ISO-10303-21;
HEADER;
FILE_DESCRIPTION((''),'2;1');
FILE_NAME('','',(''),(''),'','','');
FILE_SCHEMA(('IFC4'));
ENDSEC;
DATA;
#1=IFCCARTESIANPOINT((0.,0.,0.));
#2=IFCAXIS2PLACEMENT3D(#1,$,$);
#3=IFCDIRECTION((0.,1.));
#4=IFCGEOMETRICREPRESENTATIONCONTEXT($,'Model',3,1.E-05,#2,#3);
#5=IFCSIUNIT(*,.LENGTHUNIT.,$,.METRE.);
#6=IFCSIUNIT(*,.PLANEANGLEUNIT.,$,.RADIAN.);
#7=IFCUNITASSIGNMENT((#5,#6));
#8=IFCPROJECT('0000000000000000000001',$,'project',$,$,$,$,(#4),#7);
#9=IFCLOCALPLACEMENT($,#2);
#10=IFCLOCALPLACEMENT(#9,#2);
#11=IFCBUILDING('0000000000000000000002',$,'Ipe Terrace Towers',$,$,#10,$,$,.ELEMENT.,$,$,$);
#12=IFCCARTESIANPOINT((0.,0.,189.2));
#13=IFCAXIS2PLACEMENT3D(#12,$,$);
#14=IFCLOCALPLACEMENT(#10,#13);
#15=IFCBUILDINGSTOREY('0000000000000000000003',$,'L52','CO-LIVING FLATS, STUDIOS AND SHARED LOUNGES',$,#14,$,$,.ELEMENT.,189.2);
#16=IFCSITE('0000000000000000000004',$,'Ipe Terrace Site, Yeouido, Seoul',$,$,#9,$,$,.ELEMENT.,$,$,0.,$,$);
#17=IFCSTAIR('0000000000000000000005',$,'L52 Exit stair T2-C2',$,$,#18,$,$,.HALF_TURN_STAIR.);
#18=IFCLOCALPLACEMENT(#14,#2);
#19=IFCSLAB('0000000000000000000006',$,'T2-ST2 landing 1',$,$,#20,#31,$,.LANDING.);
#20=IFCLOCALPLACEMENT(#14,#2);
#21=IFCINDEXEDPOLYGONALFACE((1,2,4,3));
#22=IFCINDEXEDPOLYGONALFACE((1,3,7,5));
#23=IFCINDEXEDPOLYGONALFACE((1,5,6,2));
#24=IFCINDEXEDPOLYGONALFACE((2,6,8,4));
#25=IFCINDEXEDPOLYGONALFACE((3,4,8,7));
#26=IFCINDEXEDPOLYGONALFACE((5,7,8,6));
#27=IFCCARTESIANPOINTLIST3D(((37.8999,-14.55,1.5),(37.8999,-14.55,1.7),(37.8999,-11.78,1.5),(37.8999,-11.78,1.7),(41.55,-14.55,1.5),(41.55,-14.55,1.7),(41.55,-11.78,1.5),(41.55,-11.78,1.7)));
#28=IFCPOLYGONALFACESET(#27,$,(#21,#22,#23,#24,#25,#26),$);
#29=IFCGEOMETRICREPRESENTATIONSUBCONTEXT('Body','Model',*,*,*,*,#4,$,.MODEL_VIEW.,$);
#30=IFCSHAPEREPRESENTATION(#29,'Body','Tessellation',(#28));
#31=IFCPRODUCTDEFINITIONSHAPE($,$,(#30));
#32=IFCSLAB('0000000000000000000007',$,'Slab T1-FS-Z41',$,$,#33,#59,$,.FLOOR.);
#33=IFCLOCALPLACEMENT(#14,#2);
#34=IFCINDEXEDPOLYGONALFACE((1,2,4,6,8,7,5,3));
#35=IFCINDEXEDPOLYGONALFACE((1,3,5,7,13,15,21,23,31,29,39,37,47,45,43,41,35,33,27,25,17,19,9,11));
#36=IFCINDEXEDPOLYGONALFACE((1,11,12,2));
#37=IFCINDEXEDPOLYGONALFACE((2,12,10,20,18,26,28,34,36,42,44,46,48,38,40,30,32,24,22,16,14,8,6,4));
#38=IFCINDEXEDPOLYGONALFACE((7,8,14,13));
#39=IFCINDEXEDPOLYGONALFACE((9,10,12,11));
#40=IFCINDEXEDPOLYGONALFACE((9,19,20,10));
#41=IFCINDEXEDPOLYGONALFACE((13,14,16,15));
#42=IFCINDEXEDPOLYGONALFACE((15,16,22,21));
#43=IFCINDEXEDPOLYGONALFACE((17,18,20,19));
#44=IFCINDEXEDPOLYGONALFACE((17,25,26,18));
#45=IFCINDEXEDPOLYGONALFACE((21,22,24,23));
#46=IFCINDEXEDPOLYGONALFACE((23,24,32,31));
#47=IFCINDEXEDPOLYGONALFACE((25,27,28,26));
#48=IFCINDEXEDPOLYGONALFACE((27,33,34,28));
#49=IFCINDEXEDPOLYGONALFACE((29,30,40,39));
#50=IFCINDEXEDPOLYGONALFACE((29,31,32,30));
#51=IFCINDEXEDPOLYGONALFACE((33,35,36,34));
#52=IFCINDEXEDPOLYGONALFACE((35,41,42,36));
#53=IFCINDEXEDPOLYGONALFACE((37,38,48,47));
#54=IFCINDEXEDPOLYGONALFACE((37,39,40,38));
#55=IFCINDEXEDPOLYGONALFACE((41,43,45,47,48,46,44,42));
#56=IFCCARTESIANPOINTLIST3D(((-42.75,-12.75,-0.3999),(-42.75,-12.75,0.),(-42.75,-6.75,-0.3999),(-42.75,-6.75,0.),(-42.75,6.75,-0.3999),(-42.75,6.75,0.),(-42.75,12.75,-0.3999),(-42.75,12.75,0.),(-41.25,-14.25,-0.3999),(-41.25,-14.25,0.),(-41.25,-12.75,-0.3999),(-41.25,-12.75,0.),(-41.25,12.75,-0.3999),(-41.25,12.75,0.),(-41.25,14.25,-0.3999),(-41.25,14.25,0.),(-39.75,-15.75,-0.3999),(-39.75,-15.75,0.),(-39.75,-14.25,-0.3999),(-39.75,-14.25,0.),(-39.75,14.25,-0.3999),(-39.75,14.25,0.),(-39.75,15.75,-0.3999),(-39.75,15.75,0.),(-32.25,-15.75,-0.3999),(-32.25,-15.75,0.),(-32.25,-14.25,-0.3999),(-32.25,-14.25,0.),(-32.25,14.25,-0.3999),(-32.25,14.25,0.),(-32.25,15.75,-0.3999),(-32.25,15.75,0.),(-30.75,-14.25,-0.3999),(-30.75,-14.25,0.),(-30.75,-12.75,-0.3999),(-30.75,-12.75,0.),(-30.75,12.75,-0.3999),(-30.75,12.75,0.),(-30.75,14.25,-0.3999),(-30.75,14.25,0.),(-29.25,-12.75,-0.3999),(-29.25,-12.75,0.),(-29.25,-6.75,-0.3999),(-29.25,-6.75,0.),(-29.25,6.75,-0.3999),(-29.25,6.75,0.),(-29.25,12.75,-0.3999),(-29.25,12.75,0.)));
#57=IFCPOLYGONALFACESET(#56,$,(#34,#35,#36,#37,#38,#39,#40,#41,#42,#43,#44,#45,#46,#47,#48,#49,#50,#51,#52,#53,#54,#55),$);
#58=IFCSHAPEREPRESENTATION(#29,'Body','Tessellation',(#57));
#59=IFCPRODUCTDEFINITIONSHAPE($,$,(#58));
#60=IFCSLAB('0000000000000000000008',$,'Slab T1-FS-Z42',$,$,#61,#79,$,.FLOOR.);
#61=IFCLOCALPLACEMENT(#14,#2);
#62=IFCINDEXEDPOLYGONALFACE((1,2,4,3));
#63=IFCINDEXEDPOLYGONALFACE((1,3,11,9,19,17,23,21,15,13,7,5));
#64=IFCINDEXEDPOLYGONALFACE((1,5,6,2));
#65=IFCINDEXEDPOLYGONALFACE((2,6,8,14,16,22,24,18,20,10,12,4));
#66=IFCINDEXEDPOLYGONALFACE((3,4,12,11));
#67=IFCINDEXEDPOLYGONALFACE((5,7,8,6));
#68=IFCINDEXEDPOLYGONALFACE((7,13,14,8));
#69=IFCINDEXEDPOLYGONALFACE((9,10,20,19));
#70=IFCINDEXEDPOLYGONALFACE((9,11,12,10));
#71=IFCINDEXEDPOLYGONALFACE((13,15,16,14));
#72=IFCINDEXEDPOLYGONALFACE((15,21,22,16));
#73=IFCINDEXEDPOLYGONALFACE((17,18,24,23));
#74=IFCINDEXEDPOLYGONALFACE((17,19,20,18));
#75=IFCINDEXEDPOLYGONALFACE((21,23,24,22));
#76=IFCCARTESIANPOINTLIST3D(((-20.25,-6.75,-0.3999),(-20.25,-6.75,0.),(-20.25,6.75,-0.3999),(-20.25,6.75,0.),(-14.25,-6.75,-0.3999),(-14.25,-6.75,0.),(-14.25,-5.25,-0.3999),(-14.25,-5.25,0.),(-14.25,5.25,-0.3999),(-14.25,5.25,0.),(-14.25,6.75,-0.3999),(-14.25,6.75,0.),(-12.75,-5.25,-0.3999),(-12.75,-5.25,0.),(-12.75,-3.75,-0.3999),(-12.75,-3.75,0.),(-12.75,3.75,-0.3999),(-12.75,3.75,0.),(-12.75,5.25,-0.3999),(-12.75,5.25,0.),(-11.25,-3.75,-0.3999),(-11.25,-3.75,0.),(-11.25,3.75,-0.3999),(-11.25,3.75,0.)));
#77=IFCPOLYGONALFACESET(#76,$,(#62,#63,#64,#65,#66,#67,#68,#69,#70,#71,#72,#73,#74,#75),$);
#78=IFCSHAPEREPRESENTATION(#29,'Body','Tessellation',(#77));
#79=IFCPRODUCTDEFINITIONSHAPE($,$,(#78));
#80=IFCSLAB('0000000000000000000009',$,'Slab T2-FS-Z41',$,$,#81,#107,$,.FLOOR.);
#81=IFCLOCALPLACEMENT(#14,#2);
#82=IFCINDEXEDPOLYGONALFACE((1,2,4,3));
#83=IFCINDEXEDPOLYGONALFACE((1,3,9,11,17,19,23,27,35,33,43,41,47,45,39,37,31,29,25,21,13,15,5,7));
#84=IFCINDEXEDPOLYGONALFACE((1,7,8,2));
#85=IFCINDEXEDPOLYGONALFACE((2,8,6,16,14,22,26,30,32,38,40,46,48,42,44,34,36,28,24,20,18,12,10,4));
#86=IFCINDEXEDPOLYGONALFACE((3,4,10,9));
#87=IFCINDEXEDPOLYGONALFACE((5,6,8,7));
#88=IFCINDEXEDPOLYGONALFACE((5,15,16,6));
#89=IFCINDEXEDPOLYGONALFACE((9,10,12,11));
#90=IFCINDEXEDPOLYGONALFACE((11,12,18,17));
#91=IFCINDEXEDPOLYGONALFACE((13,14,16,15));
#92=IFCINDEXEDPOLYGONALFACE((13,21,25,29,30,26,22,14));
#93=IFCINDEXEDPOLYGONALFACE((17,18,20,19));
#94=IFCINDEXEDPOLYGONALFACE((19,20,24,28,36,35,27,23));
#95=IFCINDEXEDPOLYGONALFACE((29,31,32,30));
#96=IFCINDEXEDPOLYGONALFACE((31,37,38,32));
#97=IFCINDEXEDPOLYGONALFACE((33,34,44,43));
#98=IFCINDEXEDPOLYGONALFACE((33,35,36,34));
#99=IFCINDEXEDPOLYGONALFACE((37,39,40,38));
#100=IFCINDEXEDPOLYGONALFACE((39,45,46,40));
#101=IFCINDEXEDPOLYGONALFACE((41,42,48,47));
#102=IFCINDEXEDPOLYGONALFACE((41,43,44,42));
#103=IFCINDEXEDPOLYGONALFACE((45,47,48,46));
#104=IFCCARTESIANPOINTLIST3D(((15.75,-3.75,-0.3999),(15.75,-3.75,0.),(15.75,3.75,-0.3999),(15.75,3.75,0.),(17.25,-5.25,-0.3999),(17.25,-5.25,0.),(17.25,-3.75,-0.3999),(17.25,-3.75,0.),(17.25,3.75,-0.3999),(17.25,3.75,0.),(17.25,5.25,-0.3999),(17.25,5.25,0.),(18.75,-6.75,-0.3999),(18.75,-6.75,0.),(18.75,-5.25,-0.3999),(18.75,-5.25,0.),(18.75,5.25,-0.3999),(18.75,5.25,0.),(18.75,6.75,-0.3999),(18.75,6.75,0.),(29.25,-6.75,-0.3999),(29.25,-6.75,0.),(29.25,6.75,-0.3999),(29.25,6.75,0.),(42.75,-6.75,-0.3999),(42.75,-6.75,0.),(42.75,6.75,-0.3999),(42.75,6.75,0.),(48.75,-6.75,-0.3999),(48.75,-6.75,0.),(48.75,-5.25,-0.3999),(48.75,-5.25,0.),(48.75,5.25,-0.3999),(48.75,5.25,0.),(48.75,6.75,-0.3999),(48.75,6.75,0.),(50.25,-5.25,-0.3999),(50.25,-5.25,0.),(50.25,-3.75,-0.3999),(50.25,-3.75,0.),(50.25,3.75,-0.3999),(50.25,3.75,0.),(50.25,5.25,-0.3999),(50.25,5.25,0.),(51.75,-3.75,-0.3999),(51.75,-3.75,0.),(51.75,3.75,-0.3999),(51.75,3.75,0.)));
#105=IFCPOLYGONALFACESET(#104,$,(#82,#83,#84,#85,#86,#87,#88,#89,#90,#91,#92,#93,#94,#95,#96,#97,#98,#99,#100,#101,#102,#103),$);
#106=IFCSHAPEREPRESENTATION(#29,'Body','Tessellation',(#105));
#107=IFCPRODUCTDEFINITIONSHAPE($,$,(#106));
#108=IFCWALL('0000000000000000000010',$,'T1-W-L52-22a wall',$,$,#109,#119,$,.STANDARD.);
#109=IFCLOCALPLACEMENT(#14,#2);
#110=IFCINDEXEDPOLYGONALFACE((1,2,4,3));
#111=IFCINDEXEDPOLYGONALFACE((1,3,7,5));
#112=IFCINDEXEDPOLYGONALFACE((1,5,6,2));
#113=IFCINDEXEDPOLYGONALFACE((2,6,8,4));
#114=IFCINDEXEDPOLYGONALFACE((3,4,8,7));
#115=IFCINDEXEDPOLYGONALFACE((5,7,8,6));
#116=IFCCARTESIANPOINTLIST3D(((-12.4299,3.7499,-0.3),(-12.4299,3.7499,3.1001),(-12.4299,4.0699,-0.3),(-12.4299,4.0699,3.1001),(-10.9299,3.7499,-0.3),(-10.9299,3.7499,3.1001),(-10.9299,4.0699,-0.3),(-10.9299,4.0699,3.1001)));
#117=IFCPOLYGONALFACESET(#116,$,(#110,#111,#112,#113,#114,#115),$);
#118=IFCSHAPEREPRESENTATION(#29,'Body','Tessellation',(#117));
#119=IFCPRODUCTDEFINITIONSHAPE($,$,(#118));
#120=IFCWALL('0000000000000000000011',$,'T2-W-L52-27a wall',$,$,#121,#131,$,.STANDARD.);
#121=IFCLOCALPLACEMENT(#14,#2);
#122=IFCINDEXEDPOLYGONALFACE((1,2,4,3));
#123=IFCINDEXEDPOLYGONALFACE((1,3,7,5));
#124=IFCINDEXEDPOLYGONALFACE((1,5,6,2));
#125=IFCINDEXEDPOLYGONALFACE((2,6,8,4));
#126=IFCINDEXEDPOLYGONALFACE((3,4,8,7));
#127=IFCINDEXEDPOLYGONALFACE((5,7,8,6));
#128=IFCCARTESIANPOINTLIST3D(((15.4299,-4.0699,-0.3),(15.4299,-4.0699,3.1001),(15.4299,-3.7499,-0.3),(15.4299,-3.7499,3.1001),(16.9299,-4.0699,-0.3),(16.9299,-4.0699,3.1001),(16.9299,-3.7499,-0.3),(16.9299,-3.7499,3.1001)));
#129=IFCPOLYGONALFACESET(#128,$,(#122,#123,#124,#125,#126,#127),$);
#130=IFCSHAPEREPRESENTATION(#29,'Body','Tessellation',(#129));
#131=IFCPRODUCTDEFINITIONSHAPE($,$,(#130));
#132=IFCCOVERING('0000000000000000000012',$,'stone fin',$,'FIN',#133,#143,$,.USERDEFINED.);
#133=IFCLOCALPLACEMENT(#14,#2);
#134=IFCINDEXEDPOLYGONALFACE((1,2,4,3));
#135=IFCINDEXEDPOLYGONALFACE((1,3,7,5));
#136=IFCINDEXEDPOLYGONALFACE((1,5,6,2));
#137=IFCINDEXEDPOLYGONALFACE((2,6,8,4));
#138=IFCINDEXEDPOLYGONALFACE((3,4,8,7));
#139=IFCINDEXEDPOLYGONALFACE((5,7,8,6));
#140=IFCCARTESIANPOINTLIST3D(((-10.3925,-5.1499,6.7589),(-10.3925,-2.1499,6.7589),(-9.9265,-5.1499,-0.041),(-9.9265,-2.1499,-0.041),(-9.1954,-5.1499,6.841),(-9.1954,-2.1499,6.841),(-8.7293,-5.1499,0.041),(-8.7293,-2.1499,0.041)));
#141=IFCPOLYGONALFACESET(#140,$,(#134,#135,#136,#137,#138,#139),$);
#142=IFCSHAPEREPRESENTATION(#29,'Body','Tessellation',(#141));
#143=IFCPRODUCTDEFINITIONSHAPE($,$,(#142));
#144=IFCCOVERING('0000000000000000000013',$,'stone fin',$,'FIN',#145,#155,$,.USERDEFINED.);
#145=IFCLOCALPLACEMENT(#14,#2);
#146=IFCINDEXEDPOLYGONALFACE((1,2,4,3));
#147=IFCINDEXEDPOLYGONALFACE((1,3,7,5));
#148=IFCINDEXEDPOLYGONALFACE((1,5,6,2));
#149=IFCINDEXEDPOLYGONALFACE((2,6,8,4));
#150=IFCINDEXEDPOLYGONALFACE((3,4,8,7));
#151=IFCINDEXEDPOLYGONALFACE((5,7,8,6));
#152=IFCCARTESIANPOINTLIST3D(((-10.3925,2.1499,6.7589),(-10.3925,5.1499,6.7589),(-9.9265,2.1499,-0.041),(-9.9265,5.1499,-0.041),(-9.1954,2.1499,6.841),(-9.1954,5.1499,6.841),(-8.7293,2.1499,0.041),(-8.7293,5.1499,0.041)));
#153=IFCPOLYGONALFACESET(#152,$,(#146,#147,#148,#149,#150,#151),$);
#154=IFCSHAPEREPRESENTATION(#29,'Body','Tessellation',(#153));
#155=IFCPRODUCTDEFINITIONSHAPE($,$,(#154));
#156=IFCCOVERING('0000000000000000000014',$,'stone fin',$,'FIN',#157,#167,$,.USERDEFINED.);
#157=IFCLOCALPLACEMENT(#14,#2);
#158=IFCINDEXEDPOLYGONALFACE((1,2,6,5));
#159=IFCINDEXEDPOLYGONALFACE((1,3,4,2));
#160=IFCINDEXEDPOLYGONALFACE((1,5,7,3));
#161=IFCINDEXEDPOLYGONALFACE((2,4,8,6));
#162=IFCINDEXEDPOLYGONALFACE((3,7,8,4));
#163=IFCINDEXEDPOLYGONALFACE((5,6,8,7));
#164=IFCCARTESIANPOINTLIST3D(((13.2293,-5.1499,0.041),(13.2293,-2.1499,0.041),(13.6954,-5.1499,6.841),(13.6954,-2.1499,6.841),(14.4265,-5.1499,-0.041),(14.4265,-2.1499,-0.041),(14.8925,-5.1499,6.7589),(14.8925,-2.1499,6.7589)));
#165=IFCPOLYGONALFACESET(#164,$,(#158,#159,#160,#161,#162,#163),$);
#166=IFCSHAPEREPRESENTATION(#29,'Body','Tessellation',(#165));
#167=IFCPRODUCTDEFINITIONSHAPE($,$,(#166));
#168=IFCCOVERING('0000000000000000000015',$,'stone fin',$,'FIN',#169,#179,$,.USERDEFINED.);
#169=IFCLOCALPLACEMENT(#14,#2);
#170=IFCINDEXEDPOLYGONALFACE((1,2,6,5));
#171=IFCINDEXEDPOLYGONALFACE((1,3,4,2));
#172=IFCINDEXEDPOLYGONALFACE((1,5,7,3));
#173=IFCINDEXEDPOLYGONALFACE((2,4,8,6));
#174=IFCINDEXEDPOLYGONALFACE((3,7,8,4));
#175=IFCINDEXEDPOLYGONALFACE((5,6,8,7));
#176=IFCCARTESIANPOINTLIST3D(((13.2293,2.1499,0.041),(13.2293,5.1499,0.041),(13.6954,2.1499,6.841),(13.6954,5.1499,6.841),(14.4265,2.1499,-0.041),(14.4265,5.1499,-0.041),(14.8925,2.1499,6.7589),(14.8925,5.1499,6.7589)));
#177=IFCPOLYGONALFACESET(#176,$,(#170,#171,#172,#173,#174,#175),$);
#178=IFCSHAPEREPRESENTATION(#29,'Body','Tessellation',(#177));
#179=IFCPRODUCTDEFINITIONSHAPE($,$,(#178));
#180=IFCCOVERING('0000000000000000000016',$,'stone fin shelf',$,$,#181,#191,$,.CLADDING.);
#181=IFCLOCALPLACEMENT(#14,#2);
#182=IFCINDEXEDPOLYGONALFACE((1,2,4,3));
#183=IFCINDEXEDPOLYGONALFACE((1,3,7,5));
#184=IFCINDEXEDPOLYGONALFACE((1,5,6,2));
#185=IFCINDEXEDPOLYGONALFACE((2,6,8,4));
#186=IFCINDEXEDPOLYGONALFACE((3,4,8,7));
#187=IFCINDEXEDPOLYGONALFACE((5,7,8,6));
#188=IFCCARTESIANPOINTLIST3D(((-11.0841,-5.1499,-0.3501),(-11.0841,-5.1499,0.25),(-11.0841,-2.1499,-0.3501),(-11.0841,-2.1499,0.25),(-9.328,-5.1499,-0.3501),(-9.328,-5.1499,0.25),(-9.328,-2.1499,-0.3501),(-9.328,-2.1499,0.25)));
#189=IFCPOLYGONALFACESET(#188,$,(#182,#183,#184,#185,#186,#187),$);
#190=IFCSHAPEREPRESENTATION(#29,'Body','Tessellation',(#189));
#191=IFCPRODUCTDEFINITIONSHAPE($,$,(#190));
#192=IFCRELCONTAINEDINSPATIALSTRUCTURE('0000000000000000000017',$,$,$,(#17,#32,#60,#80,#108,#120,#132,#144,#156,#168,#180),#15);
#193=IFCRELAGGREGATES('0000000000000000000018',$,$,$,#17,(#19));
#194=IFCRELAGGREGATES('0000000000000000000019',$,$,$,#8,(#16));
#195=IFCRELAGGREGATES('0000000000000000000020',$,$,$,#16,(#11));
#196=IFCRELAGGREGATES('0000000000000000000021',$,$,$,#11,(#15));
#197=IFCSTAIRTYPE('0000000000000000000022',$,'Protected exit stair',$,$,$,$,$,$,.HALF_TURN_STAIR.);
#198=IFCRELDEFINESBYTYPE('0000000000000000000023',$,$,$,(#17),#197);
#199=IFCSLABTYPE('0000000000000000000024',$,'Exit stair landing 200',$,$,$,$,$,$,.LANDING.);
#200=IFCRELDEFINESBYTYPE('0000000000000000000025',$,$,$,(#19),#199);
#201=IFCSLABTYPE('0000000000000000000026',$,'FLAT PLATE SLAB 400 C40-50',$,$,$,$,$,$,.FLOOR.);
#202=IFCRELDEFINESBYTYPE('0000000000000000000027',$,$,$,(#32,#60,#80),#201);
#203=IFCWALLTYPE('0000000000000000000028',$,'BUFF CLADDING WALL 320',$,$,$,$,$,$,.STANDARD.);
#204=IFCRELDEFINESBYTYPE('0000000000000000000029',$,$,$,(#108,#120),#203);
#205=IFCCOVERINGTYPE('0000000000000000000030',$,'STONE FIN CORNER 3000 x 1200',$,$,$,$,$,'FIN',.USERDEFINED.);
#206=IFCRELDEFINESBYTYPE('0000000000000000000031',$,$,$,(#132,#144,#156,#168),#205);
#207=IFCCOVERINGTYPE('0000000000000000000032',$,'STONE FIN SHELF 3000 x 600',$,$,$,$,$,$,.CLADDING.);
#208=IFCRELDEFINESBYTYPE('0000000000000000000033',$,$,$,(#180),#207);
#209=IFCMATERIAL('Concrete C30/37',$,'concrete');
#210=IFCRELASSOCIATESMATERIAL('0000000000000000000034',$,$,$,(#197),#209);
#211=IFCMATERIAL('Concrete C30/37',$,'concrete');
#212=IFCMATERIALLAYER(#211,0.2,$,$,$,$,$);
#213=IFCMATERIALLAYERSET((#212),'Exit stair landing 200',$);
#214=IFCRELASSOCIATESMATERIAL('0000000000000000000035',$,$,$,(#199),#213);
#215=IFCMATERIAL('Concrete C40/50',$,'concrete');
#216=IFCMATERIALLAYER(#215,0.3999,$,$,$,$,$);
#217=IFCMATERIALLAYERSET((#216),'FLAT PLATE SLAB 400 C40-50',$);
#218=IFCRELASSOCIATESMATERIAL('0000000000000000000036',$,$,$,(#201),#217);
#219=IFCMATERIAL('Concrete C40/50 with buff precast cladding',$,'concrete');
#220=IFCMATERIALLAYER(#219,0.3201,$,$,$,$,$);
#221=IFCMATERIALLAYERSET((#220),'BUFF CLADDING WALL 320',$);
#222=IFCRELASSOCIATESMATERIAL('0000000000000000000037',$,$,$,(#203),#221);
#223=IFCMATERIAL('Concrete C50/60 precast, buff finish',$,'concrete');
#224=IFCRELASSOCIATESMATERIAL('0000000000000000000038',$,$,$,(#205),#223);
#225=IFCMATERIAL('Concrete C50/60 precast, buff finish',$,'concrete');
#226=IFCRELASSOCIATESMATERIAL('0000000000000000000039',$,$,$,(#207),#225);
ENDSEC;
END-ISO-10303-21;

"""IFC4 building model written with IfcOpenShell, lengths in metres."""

from ifc_helpers import new_model, si_unit, direction, frame, frame_2d, origin, origin_2d, place, context, subcontext, project, spatial, polyline, rectangle, outline, extrude, material, layer, layer_set, material_profile, profile_set, type_object, element, aggregate, save


model = new_model("IFC4")

# Units and contexts
model_context = context("Model", 3, precision=1e-05, world=origin(), true_north=direction((0.0, 1.0)))
body_context = subcontext(model_context, "Body", "Model", "MODEL_VIEW")
ifc_project = project(units=[si_unit("LENGTHUNIT", "METRE"), si_unit("PLANEANGLEUNIT", "RADIAN")], contexts=[model_context])

# Site, building, storey
site_placement = place(None, origin())
site = spatial("IfcSite", under=ifc_project, at=site_placement, Name="Ipe Terrace Site, Yeouido, Seoul", CompositionType="ELEMENT", RefElevation=0.0)
building_placement = place(site_placement, origin())
building = spatial("IfcBuilding", under=site, at=building_placement, Name="Ipe Terrace Towers", CompositionType="ELEMENT")
storey_placement = place(building_placement, frame((0.0, 0.0, 189.2)))
storey = spatial("IfcBuildingStorey", under=building, at=storey_placement, Name="L52", Description="CO-LIVING FLATS, STUDIOS AND SHARED LOUNGES", CompositionType="ELEMENT", Elevation=189.2)

# Stair, slab
ifc_material_1 = material(Name="Concrete C30/37", Category="concrete")
stair_type = type_object("IfcStairType", Name="Protected exit stair", PredefinedType="HALF_TURN_STAIR", material=ifc_material_1)
ifc_material_2 = material(Name="Concrete C30/37", Category="concrete")
ifc_layer_1 = layer(ifc_material_2, 0.2)
ifc_layer_set_1 = layer_set([ifc_layer_1], Name="Exit stair landing 200")
slab_type_1 = type_object("IfcSlabType", Name="Exit stair landing 200", PredefinedType="LANDING", material=ifc_layer_set_1)
stair_1_placement = place(storey_placement, origin())
stair_1 = element("IfcStair", 1, at=stair_1_placement, inside=storey, type_object=stair_type, Name="L52 Exit stair T2-C2", PredefinedType="HALF_TURN_STAIR")
slab_1_placement = place(storey_placement, frame((0.0, 0.0, 1.5)))
slab_1 = element("IfcSlab", 2, at=slab_1_placement, type_object=slab_type_1, Name="T2-ST2 landing 1", PredefinedType="LANDING", context=body_context, shape_type="SweptSolid", body=[
    extrude(outline(polyline([(37.8999, -11.78), (37.8999, -14.55), (41.55, -14.55), (41.55, -11.78), (37.8999, -11.78)])), origin(), (0.0, 0.0, 1.0), 0.2),
])
aggregate(stair_1, [slab_1])

# Slabs
ifc_material_3 = material(Name="Concrete C40/50", Category="concrete")
ifc_layer_2 = layer(ifc_material_3, 0.3999)
ifc_layer_set_2 = layer_set([ifc_layer_2], Name="FLAT PLATE SLAB 400 C40-50")
slab_type_2 = type_object("IfcSlabType", Name="FLAT PLATE SLAB 400 C40-50", PredefinedType="FLOOR", material=ifc_layer_set_2)
slab_2_placement = place(storey_placement, frame((0.0, 0.0, -0.3999)))
element("IfcSlab", 3, at=slab_2_placement, inside=storey, type_object=slab_type_2, Name="Slab T1-FS-Z41", PredefinedType="FLOOR", context=body_context, shape_type="SweptSolid", body=[
    extrude(outline(polyline([(-30.75, -12.75), (-30.75, -14.25), (-32.25, -14.25), (-32.25, -15.75), (-39.75, -15.75), (-39.75, -14.25), (-41.25, -14.25), (-41.25, -12.75), (-42.75, -12.75), (-42.75, -6.75), (-42.75, 6.75), (-42.75, 12.75), (-41.25, 12.75), (-41.25, 14.25), (-39.75, 14.25), (-39.75, 15.75), (-32.25, 15.75), (-32.25, 14.25), (-30.75, 14.25), (-30.75, 12.75), (-29.25, 12.75), (-29.25, 6.75), (-29.25, -6.75), (-29.25, -12.75), (-30.75, -12.75)])), origin(), (0.0, 0.0, 1.0), 0.3999),
])
slab_3_placement = place(storey_placement, frame((0.0, 0.0, -0.3999)))
element("IfcSlab", 4, at=slab_3_placement, inside=storey, type_object=slab_type_2, Name="Slab T1-FS-Z42", PredefinedType="FLOOR", context=body_context, shape_type="SweptSolid", body=[
    extrude(outline(polyline([(-14.25, 5.25), (-12.75, 5.25), (-12.75, 3.75), (-11.25, 3.75), (-11.25, -3.75), (-12.75, -3.75), (-12.75, -5.25), (-14.25, -5.25), (-14.25, -6.75), (-20.25, -6.75), (-20.25, 6.75), (-14.25, 6.75), (-14.25, 5.25)])), origin(), (0.0, 0.0, 1.0), 0.3999),
])
slab_4_placement = place(storey_placement, frame((0.0, 0.0, -0.3999)))
element("IfcSlab", 5, at=slab_4_placement, inside=storey, type_object=slab_type_2, Name="Slab T2-FS-Z41", PredefinedType="FLOOR", context=body_context, shape_type="SweptSolid", body=[
    extrude(outline(polyline([(48.75, 5.25), (50.25, 5.25), (50.25, 3.75), (51.75, 3.75), (51.75, -3.75), (50.25, -3.75), (50.25, -5.25), (48.75, -5.25), (48.75, -6.75), (42.75, -6.75), (29.25, -6.75), (18.75, -6.75), (18.75, -5.25), (17.25, -5.25), (17.25, -3.75), (15.75, -3.75), (15.75, 3.75), (17.25, 3.75), (17.25, 5.25), (18.75, 5.25), (18.75, 6.75), (29.25, 6.75), (42.75, 6.75), (48.75, 6.75), (48.75, 5.25)])), origin(), (0.0, 0.0, 1.0), 0.3999),
])

# Walls
ifc_material_4 = material(Name="Concrete C40/50 with buff precast cladding", Category="concrete")
ifc_layer_3 = layer(ifc_material_4, 0.3201)
ifc_layer_set_3 = layer_set([ifc_layer_3], Name="BUFF CLADDING WALL 320")
wall_type = type_object("IfcWallType", Name="BUFF CLADDING WALL 320", PredefinedType="STANDARD", material=ifc_layer_set_3)
for number, where, z_axis, x_axis, name in (
    (6, (-10.9299, 3.9099, -0.3), (0.0, 0.0, 1.0), (-1.0, 0.0, 0.0), "T1-W-L52-22a wall"),
    (7, (15.4299, -3.9099, -0.3), (0.0, 0.0, 1.0), (1.0, 0.0, 0.0), "T2-W-L52-27a wall"),
):
    element("IfcWall", number, at=place(storey_placement, frame(where, z_axis=z_axis, x_axis=x_axis)), inside=storey, type_object=wall_type, Name=name, PredefinedType="STANDARD", context=body_context, shape_type="SweptSolid", body=[
        extrude(rectangle(XDim=1.5, YDim=0.3201, at=frame_2d((0.75, 0.0))), origin(), (0.0, 0.0, 1.0), 3.4001),
    ])

# Coverings
ifc_material_5 = material(Name="Concrete C50/60 precast, buff finish", Category="concrete")
ifc_material_profile_1 = material_profile(ifc_material_5, rectangle(XDim=3.0, YDim=1.2, at=origin_2d()), Name="STONE FIN CORNER 3000 x 1200")
ifc_profile_set_1 = profile_set([ifc_material_profile_1], Name="Concrete C50/60 precast, buff finish")
covering_type_1 = type_object("IfcCoveringType", Name="STONE FIN CORNER 3000 x 1200", ElementType="FIN", PredefinedType="USERDEFINED", material=ifc_profile_set_1)
for number, where, z_axis, x_axis, name in (
    (8, (-9.3279, -3.6499, 0.0), (-0.068378, 0.0, 0.997659), (0.0, 1.0, 0.0), "stone fin"),
    (9, (-9.3279, 3.6499, 0.0), (-0.068378, 0.0, 0.997659), (0.0, 1.0, 0.0), "stone fin"),
    (10, (13.8279, -3.6499, 0.0), (0.068378, 0.0, 0.997659), (0.0, -1.0, 0.0), "stone fin"),
    (11, (13.8279, 3.6499, 0.0), (0.068378, 0.0, 0.997659), (0.0, -1.0, 0.0), "stone fin"),
):
    element("IfcCovering", number, at=place(storey_placement, frame(where, z_axis=z_axis, x_axis=x_axis)), inside=storey, type_object=covering_type_1, Name=name, ObjectType="FIN", PredefinedType="USERDEFINED", context=body_context, shape_type="SweptSolid", body=[
        extrude(rectangle(XDim=3.0, YDim=1.2, at=origin_2d()), origin(), (0.0, 0.0, 1.0), 6.8159),
    ])
ifc_material_6 = material(Name="Concrete C50/60 precast, buff finish", Category="concrete")
covering_type_2 = type_object("IfcCoveringType", Name="STONE FIN SHELF 3000 x 600", PredefinedType="CLADDING", material=ifc_material_6)
for number, where, z_axis, x_axis, name in (
    (12, (-10.2061, -3.6499, -0.3501), (0.0, 0.0, 1.0), (0.0, 1.0, 0.0), "stone fin shelf"),
):
    element("IfcCovering", number, at=place(storey_placement, frame(where, z_axis=z_axis, x_axis=x_axis)), inside=storey, type_object=covering_type_2, Name=name, PredefinedType="CLADDING", context=body_context, shape_type="SweptSolid", body=[
        extrude(rectangle(XDim=3.0, YDim=1.7561, at=origin_2d()), origin(), (0.0, 0.0, 1.0), 0.6001),
    ])

save(model, "model.ifc")
